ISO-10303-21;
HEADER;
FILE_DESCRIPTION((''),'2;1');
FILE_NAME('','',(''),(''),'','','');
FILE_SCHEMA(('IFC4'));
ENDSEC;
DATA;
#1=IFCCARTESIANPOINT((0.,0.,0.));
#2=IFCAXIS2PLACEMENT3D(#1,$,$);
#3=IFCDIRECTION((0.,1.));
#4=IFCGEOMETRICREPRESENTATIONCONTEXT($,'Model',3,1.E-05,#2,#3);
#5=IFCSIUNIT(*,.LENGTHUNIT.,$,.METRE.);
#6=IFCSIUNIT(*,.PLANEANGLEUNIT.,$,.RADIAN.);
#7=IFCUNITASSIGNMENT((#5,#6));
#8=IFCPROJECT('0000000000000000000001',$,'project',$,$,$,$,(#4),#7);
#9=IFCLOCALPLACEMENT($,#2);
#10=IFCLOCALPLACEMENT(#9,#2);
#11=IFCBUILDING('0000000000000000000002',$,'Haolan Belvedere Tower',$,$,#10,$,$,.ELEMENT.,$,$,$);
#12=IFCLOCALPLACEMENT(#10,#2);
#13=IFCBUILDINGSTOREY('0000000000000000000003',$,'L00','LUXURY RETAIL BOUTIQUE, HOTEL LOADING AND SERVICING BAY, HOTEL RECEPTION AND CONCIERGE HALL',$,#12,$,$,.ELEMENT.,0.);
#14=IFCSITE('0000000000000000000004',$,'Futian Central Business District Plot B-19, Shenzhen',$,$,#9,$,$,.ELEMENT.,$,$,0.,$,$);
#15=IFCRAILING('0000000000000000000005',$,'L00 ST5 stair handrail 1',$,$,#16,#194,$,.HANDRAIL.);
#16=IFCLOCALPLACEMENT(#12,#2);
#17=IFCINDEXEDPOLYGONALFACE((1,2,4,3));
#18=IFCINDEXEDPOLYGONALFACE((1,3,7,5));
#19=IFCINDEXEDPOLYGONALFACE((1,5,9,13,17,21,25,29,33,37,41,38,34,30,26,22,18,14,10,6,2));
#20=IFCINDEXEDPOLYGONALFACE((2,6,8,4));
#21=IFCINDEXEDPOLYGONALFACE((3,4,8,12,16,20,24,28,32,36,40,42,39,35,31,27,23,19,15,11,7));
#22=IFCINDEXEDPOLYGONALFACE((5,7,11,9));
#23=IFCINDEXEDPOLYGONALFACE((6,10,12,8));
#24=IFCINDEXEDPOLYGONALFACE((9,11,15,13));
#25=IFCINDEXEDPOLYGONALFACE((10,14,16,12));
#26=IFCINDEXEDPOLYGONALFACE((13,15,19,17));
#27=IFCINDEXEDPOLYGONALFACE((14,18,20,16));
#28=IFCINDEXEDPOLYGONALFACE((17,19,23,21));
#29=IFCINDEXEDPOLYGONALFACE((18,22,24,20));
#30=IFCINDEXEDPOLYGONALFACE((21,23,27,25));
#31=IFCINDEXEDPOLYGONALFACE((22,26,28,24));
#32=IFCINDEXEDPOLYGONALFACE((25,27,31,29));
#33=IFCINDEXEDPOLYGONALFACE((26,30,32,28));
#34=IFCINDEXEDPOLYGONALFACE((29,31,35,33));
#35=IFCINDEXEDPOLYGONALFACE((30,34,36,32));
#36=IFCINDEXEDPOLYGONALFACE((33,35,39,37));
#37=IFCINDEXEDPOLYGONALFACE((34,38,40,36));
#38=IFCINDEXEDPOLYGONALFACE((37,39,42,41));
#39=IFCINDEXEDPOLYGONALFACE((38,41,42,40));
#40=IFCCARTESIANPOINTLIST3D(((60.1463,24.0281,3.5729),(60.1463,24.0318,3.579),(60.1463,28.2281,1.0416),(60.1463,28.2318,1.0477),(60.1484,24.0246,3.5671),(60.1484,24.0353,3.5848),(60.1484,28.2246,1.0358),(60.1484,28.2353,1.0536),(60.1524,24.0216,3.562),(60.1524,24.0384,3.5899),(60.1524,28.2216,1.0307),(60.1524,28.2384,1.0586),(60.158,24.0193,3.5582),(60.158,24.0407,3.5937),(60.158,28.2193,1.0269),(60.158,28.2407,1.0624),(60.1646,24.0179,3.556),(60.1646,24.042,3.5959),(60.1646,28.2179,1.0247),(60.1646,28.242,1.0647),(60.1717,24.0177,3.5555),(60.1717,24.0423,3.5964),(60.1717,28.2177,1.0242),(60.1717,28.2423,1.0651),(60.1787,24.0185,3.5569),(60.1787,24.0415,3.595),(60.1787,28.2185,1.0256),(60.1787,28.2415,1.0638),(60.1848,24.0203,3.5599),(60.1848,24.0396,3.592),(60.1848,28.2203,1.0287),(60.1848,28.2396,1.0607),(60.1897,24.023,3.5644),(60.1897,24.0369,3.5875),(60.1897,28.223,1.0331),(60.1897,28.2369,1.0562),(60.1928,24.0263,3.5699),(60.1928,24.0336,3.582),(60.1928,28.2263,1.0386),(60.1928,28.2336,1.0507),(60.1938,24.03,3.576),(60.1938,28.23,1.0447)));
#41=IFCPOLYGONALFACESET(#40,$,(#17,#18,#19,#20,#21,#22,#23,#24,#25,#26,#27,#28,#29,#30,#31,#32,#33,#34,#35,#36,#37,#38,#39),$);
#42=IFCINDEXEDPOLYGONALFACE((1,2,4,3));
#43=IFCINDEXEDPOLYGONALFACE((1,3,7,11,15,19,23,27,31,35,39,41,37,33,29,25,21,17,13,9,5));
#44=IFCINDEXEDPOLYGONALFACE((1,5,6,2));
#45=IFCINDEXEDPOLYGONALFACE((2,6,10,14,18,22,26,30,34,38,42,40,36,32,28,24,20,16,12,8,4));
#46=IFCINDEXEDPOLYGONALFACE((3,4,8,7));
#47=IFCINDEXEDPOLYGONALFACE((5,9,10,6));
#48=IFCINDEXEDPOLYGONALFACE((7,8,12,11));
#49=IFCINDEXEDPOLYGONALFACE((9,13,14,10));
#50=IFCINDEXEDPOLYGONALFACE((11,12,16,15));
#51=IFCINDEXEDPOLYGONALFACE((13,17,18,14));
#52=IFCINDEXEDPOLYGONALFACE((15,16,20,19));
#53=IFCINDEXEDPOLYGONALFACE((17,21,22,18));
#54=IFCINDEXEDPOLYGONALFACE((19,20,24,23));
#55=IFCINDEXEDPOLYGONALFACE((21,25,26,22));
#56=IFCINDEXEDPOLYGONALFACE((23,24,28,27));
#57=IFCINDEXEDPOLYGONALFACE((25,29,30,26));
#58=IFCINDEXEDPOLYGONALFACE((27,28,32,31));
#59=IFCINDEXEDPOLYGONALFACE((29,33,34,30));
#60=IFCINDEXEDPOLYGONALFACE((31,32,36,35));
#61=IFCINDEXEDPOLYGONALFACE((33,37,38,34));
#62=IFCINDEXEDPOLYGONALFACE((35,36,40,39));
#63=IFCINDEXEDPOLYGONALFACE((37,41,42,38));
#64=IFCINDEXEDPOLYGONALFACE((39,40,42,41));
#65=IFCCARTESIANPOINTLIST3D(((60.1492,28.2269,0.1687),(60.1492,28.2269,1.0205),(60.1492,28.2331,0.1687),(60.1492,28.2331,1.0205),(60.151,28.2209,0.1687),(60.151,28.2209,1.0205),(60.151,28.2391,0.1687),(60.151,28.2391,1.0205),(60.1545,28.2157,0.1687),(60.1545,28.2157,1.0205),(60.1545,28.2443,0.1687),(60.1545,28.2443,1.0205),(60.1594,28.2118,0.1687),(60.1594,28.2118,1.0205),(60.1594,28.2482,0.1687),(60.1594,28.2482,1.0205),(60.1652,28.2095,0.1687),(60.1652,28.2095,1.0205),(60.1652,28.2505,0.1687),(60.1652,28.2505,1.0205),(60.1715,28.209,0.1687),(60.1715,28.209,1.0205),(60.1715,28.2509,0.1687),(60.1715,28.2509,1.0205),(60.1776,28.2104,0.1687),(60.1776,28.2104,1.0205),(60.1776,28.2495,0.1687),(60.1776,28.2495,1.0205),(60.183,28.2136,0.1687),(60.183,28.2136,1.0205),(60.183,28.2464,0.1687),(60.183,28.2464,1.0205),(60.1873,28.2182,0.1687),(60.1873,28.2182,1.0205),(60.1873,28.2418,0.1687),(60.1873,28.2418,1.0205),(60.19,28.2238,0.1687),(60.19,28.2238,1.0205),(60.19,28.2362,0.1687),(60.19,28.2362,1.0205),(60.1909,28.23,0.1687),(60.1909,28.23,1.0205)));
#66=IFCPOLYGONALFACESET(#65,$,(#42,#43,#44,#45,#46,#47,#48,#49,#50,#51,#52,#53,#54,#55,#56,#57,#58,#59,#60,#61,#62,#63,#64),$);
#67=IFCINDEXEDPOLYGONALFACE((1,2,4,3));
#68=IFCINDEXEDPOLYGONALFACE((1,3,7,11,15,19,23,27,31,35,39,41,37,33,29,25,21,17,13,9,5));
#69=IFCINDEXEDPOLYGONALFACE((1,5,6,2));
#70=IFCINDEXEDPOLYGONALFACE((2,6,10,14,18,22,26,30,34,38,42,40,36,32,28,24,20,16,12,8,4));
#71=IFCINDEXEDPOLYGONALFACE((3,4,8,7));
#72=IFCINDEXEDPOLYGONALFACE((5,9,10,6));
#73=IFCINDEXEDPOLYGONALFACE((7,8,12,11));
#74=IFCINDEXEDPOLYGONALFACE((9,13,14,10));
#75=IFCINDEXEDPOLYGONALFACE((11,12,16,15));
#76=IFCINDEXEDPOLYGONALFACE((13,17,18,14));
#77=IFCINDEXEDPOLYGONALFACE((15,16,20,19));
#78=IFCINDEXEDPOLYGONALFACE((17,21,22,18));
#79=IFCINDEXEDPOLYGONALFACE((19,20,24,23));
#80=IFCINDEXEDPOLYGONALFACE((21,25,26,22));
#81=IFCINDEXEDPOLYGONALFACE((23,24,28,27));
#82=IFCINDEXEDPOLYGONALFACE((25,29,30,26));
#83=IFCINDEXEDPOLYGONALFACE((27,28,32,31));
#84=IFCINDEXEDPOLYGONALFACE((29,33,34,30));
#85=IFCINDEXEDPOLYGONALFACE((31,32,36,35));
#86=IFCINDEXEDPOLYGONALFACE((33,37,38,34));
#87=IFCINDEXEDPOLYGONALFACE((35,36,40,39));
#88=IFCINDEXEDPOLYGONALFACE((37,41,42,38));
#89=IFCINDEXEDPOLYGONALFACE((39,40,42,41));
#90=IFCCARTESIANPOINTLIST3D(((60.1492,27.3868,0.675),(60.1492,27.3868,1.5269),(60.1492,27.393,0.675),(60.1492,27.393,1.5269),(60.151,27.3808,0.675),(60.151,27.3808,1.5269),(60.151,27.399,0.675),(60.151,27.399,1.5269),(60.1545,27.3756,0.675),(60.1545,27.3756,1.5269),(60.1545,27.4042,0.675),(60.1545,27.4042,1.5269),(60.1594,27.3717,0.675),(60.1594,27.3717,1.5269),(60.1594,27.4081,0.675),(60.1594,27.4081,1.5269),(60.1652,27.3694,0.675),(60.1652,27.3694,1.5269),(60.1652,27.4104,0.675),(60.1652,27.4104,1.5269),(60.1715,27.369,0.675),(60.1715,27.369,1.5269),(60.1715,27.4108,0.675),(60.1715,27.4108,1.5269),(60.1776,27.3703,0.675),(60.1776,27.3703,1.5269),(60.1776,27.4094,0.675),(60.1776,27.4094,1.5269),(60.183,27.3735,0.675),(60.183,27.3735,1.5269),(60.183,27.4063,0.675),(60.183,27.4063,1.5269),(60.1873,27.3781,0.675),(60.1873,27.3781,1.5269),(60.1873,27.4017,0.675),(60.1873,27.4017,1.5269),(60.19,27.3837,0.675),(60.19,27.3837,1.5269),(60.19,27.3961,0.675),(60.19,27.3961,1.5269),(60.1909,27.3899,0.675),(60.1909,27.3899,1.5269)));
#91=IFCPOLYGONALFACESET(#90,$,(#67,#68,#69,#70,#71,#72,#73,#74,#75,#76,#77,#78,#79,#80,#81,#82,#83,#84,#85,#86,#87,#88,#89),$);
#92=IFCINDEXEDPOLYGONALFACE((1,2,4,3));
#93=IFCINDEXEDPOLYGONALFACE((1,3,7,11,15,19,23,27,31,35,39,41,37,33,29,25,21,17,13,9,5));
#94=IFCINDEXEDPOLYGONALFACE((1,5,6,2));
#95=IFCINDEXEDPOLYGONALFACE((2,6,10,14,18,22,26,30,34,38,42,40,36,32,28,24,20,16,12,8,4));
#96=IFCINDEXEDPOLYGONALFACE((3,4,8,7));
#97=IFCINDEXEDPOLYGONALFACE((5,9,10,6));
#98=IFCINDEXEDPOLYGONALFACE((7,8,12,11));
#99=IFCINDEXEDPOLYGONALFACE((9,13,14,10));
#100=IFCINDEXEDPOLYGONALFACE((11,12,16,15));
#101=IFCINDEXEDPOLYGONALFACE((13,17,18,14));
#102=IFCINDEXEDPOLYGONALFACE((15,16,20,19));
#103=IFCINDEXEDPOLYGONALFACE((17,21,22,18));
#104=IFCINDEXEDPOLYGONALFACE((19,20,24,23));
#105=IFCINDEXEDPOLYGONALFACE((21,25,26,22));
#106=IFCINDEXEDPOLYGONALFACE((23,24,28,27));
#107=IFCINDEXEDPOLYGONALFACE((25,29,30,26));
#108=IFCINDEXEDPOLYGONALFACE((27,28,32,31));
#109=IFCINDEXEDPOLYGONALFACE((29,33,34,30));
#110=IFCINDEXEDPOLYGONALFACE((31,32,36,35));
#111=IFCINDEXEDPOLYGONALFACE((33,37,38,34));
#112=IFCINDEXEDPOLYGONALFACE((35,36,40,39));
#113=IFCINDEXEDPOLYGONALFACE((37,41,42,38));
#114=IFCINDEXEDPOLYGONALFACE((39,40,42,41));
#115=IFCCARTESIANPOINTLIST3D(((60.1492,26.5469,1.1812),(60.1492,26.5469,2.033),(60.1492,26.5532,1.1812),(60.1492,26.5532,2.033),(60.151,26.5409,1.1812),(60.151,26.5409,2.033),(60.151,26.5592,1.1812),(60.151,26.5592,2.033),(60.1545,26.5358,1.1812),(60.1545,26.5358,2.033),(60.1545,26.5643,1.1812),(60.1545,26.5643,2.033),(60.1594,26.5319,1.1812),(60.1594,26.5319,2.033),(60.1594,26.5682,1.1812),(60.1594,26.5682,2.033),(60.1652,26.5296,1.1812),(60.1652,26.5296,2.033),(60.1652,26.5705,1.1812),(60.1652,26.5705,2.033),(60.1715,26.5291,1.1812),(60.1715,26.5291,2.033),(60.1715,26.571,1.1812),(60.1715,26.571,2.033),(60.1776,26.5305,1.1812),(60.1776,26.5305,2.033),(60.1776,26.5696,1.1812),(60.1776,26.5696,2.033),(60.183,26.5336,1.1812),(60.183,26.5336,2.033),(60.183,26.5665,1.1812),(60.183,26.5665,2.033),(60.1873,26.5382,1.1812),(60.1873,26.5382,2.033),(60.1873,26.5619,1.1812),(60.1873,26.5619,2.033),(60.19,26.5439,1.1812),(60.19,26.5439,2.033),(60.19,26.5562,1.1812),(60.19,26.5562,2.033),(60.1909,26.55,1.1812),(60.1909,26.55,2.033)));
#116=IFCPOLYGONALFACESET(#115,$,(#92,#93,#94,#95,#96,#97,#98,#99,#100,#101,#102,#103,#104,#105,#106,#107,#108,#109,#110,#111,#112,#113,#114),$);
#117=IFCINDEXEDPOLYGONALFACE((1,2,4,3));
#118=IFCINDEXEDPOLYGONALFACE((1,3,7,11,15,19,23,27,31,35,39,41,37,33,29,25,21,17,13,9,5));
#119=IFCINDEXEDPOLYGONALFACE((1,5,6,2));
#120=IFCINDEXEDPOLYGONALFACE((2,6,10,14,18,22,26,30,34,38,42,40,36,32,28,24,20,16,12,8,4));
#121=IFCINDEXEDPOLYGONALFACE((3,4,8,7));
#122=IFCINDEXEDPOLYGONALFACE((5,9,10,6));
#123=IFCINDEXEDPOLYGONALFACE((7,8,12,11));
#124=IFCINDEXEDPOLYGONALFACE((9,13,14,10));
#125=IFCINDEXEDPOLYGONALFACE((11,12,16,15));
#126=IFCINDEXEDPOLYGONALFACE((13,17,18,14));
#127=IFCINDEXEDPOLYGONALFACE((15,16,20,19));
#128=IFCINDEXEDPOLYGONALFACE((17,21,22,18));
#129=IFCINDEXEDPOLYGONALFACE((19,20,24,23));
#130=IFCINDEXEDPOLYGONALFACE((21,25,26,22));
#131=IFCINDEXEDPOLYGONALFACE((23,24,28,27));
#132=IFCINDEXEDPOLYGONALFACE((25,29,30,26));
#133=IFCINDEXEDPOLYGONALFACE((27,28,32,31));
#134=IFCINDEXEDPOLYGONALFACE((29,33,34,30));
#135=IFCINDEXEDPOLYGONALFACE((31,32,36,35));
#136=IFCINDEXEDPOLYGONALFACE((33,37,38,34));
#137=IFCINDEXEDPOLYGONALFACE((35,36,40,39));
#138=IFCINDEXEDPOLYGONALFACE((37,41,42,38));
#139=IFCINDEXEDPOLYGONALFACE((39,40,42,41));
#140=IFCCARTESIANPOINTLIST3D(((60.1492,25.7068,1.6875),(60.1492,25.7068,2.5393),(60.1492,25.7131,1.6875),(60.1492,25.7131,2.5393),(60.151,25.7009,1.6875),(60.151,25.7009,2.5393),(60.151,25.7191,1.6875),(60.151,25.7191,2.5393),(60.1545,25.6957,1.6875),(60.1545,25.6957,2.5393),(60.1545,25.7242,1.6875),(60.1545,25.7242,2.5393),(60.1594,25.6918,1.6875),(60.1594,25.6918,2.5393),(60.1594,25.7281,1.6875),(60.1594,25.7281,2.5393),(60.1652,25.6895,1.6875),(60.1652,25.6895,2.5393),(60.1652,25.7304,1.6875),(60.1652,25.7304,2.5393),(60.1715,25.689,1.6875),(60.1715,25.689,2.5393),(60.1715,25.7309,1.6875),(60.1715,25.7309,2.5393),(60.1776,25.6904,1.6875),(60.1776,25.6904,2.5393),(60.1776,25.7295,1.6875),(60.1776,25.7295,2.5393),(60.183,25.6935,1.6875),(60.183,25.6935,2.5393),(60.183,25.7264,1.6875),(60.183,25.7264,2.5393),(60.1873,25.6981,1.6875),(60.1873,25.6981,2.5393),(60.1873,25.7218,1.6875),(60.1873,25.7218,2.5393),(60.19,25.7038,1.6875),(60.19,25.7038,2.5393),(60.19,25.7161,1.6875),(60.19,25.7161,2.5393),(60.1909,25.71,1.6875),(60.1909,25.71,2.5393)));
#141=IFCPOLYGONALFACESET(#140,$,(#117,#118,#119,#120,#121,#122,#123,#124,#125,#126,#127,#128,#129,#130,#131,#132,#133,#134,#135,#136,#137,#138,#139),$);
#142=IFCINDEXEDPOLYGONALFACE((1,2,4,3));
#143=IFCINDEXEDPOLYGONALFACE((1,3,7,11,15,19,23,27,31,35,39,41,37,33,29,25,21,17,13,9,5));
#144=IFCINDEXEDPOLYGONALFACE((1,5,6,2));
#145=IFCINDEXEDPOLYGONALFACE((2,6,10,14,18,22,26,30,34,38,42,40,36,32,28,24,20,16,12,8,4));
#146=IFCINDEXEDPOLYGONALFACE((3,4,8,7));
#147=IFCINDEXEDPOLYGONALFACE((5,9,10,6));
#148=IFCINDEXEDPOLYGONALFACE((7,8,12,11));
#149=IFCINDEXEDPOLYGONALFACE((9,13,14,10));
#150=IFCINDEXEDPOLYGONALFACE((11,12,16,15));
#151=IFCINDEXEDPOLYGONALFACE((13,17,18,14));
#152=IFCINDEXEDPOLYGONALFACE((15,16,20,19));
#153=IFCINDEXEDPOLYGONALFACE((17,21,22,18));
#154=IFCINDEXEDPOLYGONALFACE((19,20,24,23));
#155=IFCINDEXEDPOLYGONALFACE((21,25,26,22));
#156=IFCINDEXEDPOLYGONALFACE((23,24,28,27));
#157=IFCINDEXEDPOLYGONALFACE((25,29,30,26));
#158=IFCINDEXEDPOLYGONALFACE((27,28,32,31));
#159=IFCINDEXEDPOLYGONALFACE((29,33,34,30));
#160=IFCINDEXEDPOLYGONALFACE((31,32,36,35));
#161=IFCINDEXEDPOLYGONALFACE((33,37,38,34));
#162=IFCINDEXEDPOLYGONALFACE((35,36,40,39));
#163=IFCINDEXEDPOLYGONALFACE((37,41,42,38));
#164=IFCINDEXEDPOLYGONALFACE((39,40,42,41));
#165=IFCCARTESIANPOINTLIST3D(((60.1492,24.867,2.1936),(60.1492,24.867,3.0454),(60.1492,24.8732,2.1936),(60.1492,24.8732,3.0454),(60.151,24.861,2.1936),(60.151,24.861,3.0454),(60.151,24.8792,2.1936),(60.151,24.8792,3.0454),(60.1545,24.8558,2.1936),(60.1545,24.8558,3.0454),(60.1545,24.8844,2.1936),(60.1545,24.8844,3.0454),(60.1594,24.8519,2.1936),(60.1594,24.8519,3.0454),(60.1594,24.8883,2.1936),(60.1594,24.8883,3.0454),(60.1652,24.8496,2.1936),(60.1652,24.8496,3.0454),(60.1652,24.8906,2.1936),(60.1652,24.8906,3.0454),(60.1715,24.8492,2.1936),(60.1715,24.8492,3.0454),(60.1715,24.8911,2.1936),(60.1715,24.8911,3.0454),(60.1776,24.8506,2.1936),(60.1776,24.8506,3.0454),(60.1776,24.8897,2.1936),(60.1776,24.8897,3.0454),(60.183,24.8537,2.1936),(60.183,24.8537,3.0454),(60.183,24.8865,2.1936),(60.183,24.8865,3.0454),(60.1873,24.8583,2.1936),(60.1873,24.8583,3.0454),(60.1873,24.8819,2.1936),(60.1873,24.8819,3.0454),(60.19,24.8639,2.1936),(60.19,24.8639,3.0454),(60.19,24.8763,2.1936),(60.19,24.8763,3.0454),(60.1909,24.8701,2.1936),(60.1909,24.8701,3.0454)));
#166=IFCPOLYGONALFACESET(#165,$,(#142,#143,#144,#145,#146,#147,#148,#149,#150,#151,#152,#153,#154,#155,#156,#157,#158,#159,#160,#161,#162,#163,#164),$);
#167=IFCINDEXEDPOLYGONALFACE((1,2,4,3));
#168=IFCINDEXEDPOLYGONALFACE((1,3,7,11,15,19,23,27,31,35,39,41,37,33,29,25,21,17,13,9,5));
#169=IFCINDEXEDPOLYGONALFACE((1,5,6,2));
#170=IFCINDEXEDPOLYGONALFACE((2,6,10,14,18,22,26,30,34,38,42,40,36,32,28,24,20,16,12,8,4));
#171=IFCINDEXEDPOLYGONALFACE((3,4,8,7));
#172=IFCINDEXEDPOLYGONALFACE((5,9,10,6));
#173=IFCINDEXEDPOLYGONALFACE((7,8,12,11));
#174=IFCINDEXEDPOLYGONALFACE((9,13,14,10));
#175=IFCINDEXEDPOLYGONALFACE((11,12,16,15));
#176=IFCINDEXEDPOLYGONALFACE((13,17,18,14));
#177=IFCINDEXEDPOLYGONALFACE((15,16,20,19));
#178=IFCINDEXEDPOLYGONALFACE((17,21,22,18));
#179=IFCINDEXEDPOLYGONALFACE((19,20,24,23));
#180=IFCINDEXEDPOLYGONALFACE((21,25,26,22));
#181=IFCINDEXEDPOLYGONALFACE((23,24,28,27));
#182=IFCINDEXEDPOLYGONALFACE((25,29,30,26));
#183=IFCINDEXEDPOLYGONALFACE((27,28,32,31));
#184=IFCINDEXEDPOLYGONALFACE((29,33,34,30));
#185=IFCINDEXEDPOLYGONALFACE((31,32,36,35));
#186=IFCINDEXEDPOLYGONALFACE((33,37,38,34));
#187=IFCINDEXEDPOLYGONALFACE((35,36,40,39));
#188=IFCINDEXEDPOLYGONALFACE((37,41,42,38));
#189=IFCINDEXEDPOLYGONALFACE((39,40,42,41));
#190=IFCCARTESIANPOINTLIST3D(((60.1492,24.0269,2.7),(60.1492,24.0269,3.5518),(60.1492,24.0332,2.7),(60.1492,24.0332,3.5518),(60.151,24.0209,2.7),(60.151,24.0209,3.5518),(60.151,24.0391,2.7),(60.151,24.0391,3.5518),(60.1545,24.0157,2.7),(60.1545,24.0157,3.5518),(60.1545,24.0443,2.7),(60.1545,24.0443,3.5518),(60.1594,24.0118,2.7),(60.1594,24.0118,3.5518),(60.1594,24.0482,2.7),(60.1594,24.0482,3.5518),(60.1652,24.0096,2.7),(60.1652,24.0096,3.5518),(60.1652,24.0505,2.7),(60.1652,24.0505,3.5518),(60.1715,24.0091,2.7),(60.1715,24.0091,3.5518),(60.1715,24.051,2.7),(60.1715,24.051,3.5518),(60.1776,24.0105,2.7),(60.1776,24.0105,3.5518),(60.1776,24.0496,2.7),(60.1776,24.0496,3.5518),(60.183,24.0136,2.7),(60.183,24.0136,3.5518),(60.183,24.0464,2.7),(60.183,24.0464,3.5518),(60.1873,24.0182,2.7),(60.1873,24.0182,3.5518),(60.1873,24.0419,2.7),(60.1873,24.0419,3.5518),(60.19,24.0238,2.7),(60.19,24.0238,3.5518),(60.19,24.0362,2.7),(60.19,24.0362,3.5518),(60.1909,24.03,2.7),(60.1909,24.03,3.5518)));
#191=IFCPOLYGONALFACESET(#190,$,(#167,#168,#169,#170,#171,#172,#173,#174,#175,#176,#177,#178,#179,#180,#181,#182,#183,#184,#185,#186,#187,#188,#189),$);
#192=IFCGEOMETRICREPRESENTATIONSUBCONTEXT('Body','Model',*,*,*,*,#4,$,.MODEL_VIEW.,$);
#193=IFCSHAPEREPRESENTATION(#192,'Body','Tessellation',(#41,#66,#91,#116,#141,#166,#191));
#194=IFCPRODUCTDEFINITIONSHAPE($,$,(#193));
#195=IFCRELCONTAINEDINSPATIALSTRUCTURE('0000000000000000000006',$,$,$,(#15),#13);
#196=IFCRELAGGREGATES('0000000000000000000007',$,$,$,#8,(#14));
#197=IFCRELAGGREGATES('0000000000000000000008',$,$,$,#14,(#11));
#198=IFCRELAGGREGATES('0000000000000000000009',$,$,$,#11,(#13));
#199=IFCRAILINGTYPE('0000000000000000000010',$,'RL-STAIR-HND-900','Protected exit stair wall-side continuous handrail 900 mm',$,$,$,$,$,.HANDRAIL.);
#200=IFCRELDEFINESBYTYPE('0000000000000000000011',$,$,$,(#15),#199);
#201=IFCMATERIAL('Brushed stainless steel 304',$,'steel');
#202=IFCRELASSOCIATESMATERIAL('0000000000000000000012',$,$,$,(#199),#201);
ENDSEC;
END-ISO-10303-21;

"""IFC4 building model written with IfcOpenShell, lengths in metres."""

from ifc_helpers import new_model, si_unit, direction, frame, origin, origin_2d, place, context, subcontext, project, spatial, circle, extrude, material, type_object, element, save


model = new_model("IFC4")

# Units and contexts
model_context = context("Model", 3, precision=1e-05, world=origin(), true_north=direction((0.0, 1.0)))
body_context = subcontext(model_context, "Body", "Model", "MODEL_VIEW")
ifc_project = project(units=[si_unit("LENGTHUNIT", "METRE"), si_unit("PLANEANGLEUNIT", "RADIAN")], contexts=[model_context])

# Site, building, storey
site_placement = place(None, origin())
site = spatial("IfcSite", under=ifc_project, at=site_placement, Name="Futian Central Business District Plot B-19, Shenzhen", CompositionType="ELEMENT", RefElevation=0.0)
building_placement = place(site_placement, origin())
building = spatial("IfcBuilding", under=site, at=building_placement, Name="Haolan Belvedere Tower", CompositionType="ELEMENT")
storey_placement = place(building_placement, origin())
storey = spatial("IfcBuildingStorey", under=building, at=storey_placement, Name="L00", Description="LUXURY RETAIL BOUTIQUE, HOTEL LOADING AND SERVICING BAY, HOTEL RECEPTION AND CONCIERGE HALL", CompositionType="ELEMENT", Elevation=0.0)

# Railing
ifc_material_1 = material(Name="Brushed stainless steel 304", Category="steel")
railing_type_1 = type_object("IfcRailingType", Name="RL-STAIR-HND-900", Description="Protected exit stair wall-side continuous handrail 900 mm", PredefinedType="HANDRAIL", material=ifc_material_1)
railing_1_placement = place(storey_placement, frame((60.1699, 28.23, 0.1687)))
element("IfcRailing", 1, at=railing_1_placement, inside=storey, type_object=railing_type_1, Name="L00 ST5 stair handrail 1", PredefinedType="HANDRAIL", context=body_context, shape_type="SweptSolid", body=[
    extrude(circle(Radius=0.0239, at=origin_2d()), frame((0.0, 0.0, 0.876), z_axis=(0.0, -0.856476, 0.516186), x_axis=(1.0, 0.0, 0.0)), (0.0, 0.0, 1.0), 4.9038),
    extrude(circle(Radius=0.021, at=origin_2d()), origin(), (0.0, 0.0, 1.0), 0.8518),
    extrude(circle(Radius=0.021, at=origin_2d()), frame((0.0, -0.8401, 0.5063)), (0.0, 0.0, 1.0), 0.8518),
    extrude(circle(Radius=0.021, at=origin_2d()), frame((0.0, -1.6799, 1.0125)), (0.0, 0.0, 1.0), 0.8518),
    extrude(circle(Radius=0.021, at=origin_2d()), frame((0.0, -2.52, 1.5188)), (0.0, 0.0, 1.0), 0.8518),
    extrude(circle(Radius=0.021, at=origin_2d()), frame((0.0, -3.3599, 2.0249)), (0.0, 0.0, 1.0), 0.8518),
    extrude(circle(Radius=0.021, at=origin_2d()), frame((0.0, -4.2, 2.5312)), (0.0, 0.0, 1.0), 0.8518),
])

save(model, "model.ifc")
